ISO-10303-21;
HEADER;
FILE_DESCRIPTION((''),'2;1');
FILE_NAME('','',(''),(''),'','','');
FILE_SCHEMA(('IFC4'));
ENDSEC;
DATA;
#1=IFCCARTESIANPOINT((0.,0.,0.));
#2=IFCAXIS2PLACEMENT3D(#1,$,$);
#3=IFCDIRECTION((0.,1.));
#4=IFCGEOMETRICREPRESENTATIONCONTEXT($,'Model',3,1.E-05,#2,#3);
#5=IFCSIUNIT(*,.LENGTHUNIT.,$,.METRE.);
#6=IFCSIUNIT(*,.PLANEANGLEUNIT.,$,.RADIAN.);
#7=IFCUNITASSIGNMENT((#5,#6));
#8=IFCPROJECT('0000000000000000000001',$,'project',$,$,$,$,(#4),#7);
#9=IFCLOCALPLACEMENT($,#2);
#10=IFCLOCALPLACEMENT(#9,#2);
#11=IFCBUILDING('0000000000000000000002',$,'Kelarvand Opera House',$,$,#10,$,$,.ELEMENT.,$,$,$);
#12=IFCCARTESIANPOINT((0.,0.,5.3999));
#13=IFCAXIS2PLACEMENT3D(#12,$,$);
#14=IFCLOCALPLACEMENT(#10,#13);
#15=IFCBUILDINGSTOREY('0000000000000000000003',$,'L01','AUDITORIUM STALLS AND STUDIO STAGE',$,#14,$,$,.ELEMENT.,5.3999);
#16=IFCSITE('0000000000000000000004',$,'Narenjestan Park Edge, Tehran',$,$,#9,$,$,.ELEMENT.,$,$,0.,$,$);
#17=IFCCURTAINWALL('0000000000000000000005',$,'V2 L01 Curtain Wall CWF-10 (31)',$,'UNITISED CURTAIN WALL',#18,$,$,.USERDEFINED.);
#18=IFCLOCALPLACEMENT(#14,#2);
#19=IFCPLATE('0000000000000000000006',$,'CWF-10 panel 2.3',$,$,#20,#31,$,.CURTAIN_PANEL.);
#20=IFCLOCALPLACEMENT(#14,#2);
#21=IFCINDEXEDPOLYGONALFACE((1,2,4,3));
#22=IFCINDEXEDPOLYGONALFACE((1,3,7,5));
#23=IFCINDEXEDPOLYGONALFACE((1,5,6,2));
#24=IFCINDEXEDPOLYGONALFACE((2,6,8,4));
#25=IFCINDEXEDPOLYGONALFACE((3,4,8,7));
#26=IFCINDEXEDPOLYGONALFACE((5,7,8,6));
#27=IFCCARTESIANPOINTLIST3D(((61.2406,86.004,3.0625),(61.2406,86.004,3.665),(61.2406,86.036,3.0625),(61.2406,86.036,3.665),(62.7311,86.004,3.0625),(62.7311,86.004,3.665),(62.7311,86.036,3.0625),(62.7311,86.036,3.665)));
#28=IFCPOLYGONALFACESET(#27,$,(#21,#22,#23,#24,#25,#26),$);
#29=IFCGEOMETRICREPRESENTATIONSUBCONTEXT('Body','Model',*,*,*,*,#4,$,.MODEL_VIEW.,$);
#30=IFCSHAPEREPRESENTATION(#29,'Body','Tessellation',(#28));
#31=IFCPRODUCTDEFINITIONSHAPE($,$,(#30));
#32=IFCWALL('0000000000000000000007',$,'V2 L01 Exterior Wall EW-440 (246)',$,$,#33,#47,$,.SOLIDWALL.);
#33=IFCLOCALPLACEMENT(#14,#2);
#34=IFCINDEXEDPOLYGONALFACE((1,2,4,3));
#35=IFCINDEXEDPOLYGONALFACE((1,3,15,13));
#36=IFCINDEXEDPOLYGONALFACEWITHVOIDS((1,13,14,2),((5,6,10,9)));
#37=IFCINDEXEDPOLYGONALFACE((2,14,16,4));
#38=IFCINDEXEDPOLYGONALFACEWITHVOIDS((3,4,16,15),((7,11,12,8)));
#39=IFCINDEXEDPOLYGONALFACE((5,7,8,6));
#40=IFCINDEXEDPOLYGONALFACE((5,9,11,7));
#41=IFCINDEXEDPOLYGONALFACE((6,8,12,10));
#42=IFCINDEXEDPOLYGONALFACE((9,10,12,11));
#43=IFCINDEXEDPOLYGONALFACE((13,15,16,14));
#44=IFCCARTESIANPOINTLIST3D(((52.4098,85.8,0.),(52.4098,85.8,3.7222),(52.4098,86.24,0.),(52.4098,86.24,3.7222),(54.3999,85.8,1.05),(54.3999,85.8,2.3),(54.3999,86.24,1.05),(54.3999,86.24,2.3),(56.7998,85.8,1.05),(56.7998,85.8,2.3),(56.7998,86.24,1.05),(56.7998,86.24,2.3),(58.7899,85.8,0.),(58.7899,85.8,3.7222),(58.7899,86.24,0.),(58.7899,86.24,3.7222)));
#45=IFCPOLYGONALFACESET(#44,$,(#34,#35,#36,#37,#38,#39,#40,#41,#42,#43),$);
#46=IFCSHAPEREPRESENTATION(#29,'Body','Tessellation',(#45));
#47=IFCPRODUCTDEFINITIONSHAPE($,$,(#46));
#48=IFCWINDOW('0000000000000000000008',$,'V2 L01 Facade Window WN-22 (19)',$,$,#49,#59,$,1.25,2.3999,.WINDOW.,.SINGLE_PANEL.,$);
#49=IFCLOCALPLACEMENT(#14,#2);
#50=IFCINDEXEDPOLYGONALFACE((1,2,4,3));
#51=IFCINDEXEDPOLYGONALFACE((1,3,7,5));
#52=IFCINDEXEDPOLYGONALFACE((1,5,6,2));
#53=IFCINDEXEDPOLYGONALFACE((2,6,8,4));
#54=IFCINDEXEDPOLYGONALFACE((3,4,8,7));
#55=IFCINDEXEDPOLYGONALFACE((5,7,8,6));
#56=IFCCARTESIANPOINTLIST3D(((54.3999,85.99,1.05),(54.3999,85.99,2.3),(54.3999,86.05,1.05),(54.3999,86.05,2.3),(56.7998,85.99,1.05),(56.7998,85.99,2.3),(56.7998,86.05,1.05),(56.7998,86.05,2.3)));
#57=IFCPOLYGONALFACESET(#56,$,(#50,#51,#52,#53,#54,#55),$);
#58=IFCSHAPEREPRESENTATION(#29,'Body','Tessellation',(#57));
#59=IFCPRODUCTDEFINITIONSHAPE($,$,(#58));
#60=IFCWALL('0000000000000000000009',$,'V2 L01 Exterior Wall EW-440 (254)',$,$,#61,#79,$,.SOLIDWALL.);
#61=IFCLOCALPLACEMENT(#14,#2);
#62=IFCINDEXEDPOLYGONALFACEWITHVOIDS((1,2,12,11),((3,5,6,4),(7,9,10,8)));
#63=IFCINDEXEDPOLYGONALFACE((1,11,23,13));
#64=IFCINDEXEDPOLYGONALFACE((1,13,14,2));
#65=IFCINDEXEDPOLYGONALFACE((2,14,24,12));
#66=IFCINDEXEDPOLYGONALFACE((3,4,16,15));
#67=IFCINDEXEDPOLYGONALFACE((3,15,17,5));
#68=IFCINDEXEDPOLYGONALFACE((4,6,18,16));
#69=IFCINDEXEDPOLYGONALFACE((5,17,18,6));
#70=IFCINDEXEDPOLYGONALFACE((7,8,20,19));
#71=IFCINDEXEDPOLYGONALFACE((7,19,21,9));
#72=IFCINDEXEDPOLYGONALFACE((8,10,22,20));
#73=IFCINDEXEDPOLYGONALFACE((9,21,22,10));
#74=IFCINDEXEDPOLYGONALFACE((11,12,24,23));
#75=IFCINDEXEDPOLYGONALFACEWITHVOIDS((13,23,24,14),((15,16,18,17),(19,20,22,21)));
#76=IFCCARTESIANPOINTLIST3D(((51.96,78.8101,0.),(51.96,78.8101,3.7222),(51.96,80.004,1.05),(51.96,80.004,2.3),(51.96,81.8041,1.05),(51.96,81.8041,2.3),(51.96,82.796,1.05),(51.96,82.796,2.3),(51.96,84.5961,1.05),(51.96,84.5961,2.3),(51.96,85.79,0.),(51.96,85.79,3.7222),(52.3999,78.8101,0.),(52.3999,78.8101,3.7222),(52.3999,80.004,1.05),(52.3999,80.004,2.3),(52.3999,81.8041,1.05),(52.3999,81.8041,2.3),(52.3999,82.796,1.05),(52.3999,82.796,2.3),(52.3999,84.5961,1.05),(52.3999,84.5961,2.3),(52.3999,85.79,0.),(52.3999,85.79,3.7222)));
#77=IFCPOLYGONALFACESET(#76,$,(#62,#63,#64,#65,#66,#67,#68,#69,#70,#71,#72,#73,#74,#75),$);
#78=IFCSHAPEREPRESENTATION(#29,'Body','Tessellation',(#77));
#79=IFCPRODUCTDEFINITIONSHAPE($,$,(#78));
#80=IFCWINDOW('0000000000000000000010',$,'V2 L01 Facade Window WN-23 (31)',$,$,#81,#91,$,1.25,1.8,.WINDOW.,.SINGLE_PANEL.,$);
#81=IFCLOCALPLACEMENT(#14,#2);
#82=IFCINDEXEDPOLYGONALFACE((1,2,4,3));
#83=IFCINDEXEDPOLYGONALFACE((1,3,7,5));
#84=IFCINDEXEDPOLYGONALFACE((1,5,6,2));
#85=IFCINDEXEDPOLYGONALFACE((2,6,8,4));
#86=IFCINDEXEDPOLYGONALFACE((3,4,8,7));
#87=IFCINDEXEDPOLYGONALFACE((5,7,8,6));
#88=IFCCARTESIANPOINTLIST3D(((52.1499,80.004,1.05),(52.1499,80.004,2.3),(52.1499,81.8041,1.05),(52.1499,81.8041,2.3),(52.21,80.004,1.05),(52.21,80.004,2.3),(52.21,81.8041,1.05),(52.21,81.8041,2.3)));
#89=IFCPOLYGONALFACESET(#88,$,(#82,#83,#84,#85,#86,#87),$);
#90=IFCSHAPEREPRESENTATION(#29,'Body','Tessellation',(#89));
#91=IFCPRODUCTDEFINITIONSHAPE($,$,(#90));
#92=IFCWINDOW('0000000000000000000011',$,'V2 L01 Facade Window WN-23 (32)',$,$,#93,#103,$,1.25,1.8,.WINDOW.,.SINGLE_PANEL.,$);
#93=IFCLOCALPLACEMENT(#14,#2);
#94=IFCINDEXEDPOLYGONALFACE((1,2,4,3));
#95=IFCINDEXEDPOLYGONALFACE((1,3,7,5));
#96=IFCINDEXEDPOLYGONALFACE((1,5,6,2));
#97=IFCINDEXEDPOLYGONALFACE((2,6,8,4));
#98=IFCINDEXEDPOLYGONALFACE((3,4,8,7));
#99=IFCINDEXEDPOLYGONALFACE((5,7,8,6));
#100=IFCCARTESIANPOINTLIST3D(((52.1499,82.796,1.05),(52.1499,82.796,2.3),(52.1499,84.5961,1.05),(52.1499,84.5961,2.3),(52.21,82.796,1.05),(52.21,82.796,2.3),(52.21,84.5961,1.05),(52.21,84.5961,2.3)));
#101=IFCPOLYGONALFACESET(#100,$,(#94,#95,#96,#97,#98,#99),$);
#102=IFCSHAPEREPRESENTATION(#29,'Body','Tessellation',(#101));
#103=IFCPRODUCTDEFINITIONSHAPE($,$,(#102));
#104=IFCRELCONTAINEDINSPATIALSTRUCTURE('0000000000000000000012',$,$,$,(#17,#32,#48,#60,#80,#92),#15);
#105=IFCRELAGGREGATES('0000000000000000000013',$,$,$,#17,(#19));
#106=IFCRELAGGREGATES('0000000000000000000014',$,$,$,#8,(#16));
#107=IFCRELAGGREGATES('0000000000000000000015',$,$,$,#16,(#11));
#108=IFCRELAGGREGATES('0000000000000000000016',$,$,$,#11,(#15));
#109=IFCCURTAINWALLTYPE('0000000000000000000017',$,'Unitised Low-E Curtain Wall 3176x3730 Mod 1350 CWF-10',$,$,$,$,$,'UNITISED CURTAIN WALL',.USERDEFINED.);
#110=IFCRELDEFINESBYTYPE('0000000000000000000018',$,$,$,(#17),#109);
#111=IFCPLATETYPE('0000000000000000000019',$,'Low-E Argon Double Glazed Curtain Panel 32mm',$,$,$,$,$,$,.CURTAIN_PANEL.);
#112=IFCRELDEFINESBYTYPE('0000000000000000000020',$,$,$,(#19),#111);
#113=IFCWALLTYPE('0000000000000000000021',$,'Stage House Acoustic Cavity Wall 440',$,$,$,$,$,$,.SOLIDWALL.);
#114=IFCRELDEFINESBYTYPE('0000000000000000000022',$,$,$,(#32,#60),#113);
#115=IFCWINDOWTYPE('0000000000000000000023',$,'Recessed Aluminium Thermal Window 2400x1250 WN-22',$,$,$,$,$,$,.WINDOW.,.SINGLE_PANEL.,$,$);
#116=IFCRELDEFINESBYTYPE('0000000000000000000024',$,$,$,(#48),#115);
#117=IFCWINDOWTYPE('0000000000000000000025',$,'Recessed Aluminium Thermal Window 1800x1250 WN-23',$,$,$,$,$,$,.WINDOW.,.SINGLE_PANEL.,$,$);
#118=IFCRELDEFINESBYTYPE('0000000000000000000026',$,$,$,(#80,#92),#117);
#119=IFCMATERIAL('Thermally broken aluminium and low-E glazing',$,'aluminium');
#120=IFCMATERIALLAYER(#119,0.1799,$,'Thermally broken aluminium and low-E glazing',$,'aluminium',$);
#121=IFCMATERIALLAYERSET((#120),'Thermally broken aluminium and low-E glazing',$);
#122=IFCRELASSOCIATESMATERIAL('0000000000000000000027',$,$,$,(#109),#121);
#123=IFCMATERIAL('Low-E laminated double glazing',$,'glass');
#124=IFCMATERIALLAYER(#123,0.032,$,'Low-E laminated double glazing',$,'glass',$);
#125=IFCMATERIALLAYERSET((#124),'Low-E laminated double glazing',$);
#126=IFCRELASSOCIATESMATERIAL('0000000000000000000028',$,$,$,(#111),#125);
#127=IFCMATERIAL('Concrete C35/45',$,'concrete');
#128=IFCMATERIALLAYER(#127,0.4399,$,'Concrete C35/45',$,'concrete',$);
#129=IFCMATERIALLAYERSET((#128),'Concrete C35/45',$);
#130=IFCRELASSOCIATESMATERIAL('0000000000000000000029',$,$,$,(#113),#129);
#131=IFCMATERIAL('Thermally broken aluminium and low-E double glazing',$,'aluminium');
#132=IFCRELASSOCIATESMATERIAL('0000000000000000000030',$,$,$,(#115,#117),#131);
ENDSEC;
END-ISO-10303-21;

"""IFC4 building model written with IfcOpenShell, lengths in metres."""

from ifc_helpers import new_model, si_unit, direction, frame, frame_2d, origin, origin_2d, place, context, subcontext, project, spatial, rectangle, extrude, material, layer, layer_set, type_object, element, fill, aggregate, save


model = new_model("IFC4")

# Units and contexts
model_context = context("Model", 3, precision=1e-05, world=origin(), true_north=direction((0.0, 1.0)))
body_context = subcontext(model_context, "Body", "Model", "MODEL_VIEW")
ifc_project = project(units=[si_unit("LENGTHUNIT", "METRE"), si_unit("PLANEANGLEUNIT", "RADIAN")], contexts=[model_context])

# Site, building, storey
site_placement = place(None, origin())
site = spatial("IfcSite", under=ifc_project, at=site_placement, Name="Narenjestan Park Edge, Tehran", CompositionType="ELEMENT", RefElevation=0.0)
building_placement = place(site_placement, origin())
building = spatial("IfcBuilding", under=site, at=building_placement, Name="Kelarvand Opera House", CompositionType="ELEMENT")
storey_placement = place(building_placement, frame((0.0, 0.0, 5.3999)))
storey = spatial("IfcBuildingStorey", under=building, at=storey_placement, Name="L01", Description="AUDITORIUM STALLS AND STUDIO STAGE", CompositionType="ELEMENT", Elevation=5.3999)

# Curtain wall
ifc_material_1 = material(Name="Thermally broken aluminium and low-E glazing", Category="aluminium")
ifc_layer_1 = layer(ifc_material_1, 0.1799, Name="Thermally broken aluminium and low-E glazing", Category="aluminium")
ifc_layer_set_1 = layer_set([ifc_layer_1], Name="Thermally broken aluminium and low-E glazing")
curtain_wall_type_1 = type_object("IfcCurtainWallType", Name="Unitised Low-E Curtain Wall 3176x3730 Mod 1350 CWF-10", ElementType="UNITISED CURTAIN WALL", PredefinedType="USERDEFINED", material=ifc_layer_set_1)
curtain_wall_1_placement = place(storey_placement, origin())
curtain_wall_1 = element("IfcCurtainWall", 1, at=curtain_wall_1_placement, inside=storey, type_object=curtain_wall_type_1, Name="V2 L01 Curtain Wall CWF-10 (31)", ObjectType="UNITISED CURTAIN WALL", PredefinedType="USERDEFINED")

# Plate
ifc_material_2 = material(Name="Low-E laminated double glazing", Category="glass")
ifc_layer_2 = layer(ifc_material_2, 0.032, Name="Low-E laminated double glazing", Category="glass")
ifc_layer_set_2 = layer_set([ifc_layer_2], Name="Low-E laminated double glazing")
plate_type = type_object("IfcPlateType", Name="Low-E Argon Double Glazed Curtain Panel 32mm", PredefinedType="CURTAIN_PANEL", material=ifc_layer_set_2)
plate_1_placement = place(storey_placement, frame((61.9858, 86.02, 3.0625), z_axis=(0.0, 0.0, 1.0), x_axis=(1.0, 0.0, 0.0)))
plate_1 = element("IfcPlate", 2, at=plate_1_placement, type_object=plate_type, Name="CWF-10 panel 2.3", PredefinedType="CURTAIN_PANEL", context=body_context, shape_type="SweptSolid", body=[
    extrude(rectangle(XDim=1.4905, YDim=0.032, at=origin_2d()), origin(), (0.0, 0.0, 1.0), 0.6025),
])
aggregate(curtain_wall_1, [plate_1])

# Wall, opening, window
ifc_material_3 = material(Name="Concrete C35/45", Category="concrete")
ifc_layer_3 = layer(ifc_material_3, 0.4399, Name="Concrete C35/45", Category="concrete")
ifc_layer_set_3 = layer_set([ifc_layer_3], Name="Concrete C35/45")
wall_type = type_object("IfcWallType", Name="Stage House Acoustic Cavity Wall 440", PredefinedType="SOLIDWALL", material=ifc_layer_set_3)
wall_1_placement = place(storey_placement, frame((52.4099, 86.02, 0.0), z_axis=(0.0, 0.0, 1.0), x_axis=(1.0, 0.0, 0.0)))
wall_1 = element("IfcWall", 3, at=wall_1_placement, inside=storey, type_object=wall_type, Name="V2 L01 Exterior Wall EW-440 (246)", PredefinedType="SOLIDWALL", context=body_context, shape_type="SweptSolid", body=[
    extrude(rectangle(XDim=6.3801, YDim=0.4399, at=frame_2d((3.1899, 0.0))), origin(), (0.0, 0.0, 1.0), 3.7222),
])
opening_1_placement = place(wall_1_placement, frame((1.99, 0.0, 1.05)))
opening_1 = element("IfcOpeningElement", 4, at=opening_1_placement, cuts=wall_1, PredefinedType="OPENING", context=body_context, shape_type="SweptSolid", body=[
    extrude(rectangle(XDim=2.3999, YDim=1.25, at=frame_2d((1.2, 0.625))), frame((0.0, 0.23, 0.0), z_axis=(0.0, -1.0, 0.0), x_axis=(1.0, 0.0, 0.0)), (0.0, 0.0, 1.0), 0.46),
])
ifc_material_4 = material(Name="Thermally broken aluminium and low-E double glazing", Category="aluminium")
window_type_1 = type_object("IfcWindowType", Name="Recessed Aluminium Thermal Window 2400x1250 WN-22", PartitioningType="SINGLE_PANEL", PredefinedType="WINDOW", material=ifc_material_4)
window_1_placement = place(opening_1_placement, origin())
window_1 = element("IfcWindow", 5, at=window_1_placement, inside=storey, type_object=window_type_1, Name="V2 L01 Facade Window WN-22 (19)", OverallHeight=1.25, OverallWidth=2.3999, PartitioningType="SINGLE_PANEL", PredefinedType="WINDOW", context=body_context, shape_type="SweptSolid", body=[
    extrude(rectangle(XDim=2.3999, YDim=1.25, at=frame_2d((1.2, 0.625))), frame((0.0, 0.03, 0.0), z_axis=(0.0, -1.0, 0.0), x_axis=(1.0, 0.0, 0.0)), (0.0, 0.0, 1.0), 0.0601),
])
fill(opening_1, window_1)

# Wall, openings, windows
wall_2_placement = place(storey_placement, frame((52.1799, 78.8101, 0.0), z_axis=(0.0, 0.0, 1.0), x_axis=(0.0, 1.0, 0.0)))
wall_2 = element("IfcWall", 6, at=wall_2_placement, inside=storey, type_object=wall_type, Name="V2 L01 Exterior Wall EW-440 (254)", PredefinedType="SOLIDWALL", context=body_context, shape_type="SweptSolid", body=[
    extrude(rectangle(XDim=6.98, YDim=0.4399, at=frame_2d((3.49, 0.0))), origin(), (0.0, 0.0, 1.0), 3.7222),
])
opening_2_placement = place(wall_2_placement, frame((1.1941, 0.0, 1.05)))
opening_2 = element("IfcOpeningElement", 7, at=opening_2_placement, cuts=wall_2, PredefinedType="OPENING", context=body_context, shape_type="SweptSolid", body=[
    extrude(rectangle(XDim=1.8, YDim=1.25, at=frame_2d((0.8999, 0.625))), frame((0.0, 0.23, 0.0), z_axis=(0.0, -1.0, 0.0), x_axis=(1.0, 0.0, 0.0)), (0.0, 0.0, 1.0), 0.46),
])
opening_3_placement = place(wall_2_placement, frame((3.9861, 0.0, 1.05)))
opening_3 = element("IfcOpeningElement", 8, at=opening_3_placement, cuts=wall_2, PredefinedType="OPENING", context=body_context, shape_type="SweptSolid", body=[
    extrude(rectangle(XDim=1.8, YDim=1.25, at=frame_2d((0.8999, 0.625))), frame((0.0, 0.23, 0.0), z_axis=(0.0, -1.0, 0.0), x_axis=(1.0, 0.0, 0.0)), (0.0, 0.0, 1.0), 0.46),
])
window_type_2 = type_object("IfcWindowType", Name="Recessed Aluminium Thermal Window 1800x1250 WN-23", PartitioningType="SINGLE_PANEL", PredefinedType="WINDOW", material=ifc_material_4)
window_2_placement = place(opening_2_placement, origin())
window_2 = element("IfcWindow", 9, at=window_2_placement, inside=storey, type_object=window_type_2, Name="V2 L01 Facade Window WN-23 (31)", OverallHeight=1.25, OverallWidth=1.8, PartitioningType="SINGLE_PANEL", PredefinedType="WINDOW", context=body_context, shape_type="SweptSolid", body=[
    extrude(rectangle(XDim=1.8, YDim=1.25, at=frame_2d((0.8999, 0.625))), frame((0.0, 0.03, 0.0), z_axis=(0.0, -1.0, 0.0), x_axis=(1.0, 0.0, 0.0)), (0.0, 0.0, 1.0), 0.0601),
])
fill(opening_2, window_2)
window_3_placement = place(opening_3_placement, origin())
window_3 = element("IfcWindow", 10, at=window_3_placement, inside=storey, type_object=window_type_2, Name="V2 L01 Facade Window WN-23 (32)", OverallHeight=1.25, OverallWidth=1.8, PartitioningType="SINGLE_PANEL", PredefinedType="WINDOW", context=body_context, shape_type="SweptSolid", body=[
    extrude(rectangle(XDim=1.8, YDim=1.25, at=frame_2d((0.8999, 0.625))), frame((0.0, 0.03, 0.0), z_axis=(0.0, -1.0, 0.0), x_axis=(1.0, 0.0, 0.0)), (0.0, 0.0, 1.0), 0.0601),
])
fill(opening_3, window_3)

save(model, "model.ifc")
